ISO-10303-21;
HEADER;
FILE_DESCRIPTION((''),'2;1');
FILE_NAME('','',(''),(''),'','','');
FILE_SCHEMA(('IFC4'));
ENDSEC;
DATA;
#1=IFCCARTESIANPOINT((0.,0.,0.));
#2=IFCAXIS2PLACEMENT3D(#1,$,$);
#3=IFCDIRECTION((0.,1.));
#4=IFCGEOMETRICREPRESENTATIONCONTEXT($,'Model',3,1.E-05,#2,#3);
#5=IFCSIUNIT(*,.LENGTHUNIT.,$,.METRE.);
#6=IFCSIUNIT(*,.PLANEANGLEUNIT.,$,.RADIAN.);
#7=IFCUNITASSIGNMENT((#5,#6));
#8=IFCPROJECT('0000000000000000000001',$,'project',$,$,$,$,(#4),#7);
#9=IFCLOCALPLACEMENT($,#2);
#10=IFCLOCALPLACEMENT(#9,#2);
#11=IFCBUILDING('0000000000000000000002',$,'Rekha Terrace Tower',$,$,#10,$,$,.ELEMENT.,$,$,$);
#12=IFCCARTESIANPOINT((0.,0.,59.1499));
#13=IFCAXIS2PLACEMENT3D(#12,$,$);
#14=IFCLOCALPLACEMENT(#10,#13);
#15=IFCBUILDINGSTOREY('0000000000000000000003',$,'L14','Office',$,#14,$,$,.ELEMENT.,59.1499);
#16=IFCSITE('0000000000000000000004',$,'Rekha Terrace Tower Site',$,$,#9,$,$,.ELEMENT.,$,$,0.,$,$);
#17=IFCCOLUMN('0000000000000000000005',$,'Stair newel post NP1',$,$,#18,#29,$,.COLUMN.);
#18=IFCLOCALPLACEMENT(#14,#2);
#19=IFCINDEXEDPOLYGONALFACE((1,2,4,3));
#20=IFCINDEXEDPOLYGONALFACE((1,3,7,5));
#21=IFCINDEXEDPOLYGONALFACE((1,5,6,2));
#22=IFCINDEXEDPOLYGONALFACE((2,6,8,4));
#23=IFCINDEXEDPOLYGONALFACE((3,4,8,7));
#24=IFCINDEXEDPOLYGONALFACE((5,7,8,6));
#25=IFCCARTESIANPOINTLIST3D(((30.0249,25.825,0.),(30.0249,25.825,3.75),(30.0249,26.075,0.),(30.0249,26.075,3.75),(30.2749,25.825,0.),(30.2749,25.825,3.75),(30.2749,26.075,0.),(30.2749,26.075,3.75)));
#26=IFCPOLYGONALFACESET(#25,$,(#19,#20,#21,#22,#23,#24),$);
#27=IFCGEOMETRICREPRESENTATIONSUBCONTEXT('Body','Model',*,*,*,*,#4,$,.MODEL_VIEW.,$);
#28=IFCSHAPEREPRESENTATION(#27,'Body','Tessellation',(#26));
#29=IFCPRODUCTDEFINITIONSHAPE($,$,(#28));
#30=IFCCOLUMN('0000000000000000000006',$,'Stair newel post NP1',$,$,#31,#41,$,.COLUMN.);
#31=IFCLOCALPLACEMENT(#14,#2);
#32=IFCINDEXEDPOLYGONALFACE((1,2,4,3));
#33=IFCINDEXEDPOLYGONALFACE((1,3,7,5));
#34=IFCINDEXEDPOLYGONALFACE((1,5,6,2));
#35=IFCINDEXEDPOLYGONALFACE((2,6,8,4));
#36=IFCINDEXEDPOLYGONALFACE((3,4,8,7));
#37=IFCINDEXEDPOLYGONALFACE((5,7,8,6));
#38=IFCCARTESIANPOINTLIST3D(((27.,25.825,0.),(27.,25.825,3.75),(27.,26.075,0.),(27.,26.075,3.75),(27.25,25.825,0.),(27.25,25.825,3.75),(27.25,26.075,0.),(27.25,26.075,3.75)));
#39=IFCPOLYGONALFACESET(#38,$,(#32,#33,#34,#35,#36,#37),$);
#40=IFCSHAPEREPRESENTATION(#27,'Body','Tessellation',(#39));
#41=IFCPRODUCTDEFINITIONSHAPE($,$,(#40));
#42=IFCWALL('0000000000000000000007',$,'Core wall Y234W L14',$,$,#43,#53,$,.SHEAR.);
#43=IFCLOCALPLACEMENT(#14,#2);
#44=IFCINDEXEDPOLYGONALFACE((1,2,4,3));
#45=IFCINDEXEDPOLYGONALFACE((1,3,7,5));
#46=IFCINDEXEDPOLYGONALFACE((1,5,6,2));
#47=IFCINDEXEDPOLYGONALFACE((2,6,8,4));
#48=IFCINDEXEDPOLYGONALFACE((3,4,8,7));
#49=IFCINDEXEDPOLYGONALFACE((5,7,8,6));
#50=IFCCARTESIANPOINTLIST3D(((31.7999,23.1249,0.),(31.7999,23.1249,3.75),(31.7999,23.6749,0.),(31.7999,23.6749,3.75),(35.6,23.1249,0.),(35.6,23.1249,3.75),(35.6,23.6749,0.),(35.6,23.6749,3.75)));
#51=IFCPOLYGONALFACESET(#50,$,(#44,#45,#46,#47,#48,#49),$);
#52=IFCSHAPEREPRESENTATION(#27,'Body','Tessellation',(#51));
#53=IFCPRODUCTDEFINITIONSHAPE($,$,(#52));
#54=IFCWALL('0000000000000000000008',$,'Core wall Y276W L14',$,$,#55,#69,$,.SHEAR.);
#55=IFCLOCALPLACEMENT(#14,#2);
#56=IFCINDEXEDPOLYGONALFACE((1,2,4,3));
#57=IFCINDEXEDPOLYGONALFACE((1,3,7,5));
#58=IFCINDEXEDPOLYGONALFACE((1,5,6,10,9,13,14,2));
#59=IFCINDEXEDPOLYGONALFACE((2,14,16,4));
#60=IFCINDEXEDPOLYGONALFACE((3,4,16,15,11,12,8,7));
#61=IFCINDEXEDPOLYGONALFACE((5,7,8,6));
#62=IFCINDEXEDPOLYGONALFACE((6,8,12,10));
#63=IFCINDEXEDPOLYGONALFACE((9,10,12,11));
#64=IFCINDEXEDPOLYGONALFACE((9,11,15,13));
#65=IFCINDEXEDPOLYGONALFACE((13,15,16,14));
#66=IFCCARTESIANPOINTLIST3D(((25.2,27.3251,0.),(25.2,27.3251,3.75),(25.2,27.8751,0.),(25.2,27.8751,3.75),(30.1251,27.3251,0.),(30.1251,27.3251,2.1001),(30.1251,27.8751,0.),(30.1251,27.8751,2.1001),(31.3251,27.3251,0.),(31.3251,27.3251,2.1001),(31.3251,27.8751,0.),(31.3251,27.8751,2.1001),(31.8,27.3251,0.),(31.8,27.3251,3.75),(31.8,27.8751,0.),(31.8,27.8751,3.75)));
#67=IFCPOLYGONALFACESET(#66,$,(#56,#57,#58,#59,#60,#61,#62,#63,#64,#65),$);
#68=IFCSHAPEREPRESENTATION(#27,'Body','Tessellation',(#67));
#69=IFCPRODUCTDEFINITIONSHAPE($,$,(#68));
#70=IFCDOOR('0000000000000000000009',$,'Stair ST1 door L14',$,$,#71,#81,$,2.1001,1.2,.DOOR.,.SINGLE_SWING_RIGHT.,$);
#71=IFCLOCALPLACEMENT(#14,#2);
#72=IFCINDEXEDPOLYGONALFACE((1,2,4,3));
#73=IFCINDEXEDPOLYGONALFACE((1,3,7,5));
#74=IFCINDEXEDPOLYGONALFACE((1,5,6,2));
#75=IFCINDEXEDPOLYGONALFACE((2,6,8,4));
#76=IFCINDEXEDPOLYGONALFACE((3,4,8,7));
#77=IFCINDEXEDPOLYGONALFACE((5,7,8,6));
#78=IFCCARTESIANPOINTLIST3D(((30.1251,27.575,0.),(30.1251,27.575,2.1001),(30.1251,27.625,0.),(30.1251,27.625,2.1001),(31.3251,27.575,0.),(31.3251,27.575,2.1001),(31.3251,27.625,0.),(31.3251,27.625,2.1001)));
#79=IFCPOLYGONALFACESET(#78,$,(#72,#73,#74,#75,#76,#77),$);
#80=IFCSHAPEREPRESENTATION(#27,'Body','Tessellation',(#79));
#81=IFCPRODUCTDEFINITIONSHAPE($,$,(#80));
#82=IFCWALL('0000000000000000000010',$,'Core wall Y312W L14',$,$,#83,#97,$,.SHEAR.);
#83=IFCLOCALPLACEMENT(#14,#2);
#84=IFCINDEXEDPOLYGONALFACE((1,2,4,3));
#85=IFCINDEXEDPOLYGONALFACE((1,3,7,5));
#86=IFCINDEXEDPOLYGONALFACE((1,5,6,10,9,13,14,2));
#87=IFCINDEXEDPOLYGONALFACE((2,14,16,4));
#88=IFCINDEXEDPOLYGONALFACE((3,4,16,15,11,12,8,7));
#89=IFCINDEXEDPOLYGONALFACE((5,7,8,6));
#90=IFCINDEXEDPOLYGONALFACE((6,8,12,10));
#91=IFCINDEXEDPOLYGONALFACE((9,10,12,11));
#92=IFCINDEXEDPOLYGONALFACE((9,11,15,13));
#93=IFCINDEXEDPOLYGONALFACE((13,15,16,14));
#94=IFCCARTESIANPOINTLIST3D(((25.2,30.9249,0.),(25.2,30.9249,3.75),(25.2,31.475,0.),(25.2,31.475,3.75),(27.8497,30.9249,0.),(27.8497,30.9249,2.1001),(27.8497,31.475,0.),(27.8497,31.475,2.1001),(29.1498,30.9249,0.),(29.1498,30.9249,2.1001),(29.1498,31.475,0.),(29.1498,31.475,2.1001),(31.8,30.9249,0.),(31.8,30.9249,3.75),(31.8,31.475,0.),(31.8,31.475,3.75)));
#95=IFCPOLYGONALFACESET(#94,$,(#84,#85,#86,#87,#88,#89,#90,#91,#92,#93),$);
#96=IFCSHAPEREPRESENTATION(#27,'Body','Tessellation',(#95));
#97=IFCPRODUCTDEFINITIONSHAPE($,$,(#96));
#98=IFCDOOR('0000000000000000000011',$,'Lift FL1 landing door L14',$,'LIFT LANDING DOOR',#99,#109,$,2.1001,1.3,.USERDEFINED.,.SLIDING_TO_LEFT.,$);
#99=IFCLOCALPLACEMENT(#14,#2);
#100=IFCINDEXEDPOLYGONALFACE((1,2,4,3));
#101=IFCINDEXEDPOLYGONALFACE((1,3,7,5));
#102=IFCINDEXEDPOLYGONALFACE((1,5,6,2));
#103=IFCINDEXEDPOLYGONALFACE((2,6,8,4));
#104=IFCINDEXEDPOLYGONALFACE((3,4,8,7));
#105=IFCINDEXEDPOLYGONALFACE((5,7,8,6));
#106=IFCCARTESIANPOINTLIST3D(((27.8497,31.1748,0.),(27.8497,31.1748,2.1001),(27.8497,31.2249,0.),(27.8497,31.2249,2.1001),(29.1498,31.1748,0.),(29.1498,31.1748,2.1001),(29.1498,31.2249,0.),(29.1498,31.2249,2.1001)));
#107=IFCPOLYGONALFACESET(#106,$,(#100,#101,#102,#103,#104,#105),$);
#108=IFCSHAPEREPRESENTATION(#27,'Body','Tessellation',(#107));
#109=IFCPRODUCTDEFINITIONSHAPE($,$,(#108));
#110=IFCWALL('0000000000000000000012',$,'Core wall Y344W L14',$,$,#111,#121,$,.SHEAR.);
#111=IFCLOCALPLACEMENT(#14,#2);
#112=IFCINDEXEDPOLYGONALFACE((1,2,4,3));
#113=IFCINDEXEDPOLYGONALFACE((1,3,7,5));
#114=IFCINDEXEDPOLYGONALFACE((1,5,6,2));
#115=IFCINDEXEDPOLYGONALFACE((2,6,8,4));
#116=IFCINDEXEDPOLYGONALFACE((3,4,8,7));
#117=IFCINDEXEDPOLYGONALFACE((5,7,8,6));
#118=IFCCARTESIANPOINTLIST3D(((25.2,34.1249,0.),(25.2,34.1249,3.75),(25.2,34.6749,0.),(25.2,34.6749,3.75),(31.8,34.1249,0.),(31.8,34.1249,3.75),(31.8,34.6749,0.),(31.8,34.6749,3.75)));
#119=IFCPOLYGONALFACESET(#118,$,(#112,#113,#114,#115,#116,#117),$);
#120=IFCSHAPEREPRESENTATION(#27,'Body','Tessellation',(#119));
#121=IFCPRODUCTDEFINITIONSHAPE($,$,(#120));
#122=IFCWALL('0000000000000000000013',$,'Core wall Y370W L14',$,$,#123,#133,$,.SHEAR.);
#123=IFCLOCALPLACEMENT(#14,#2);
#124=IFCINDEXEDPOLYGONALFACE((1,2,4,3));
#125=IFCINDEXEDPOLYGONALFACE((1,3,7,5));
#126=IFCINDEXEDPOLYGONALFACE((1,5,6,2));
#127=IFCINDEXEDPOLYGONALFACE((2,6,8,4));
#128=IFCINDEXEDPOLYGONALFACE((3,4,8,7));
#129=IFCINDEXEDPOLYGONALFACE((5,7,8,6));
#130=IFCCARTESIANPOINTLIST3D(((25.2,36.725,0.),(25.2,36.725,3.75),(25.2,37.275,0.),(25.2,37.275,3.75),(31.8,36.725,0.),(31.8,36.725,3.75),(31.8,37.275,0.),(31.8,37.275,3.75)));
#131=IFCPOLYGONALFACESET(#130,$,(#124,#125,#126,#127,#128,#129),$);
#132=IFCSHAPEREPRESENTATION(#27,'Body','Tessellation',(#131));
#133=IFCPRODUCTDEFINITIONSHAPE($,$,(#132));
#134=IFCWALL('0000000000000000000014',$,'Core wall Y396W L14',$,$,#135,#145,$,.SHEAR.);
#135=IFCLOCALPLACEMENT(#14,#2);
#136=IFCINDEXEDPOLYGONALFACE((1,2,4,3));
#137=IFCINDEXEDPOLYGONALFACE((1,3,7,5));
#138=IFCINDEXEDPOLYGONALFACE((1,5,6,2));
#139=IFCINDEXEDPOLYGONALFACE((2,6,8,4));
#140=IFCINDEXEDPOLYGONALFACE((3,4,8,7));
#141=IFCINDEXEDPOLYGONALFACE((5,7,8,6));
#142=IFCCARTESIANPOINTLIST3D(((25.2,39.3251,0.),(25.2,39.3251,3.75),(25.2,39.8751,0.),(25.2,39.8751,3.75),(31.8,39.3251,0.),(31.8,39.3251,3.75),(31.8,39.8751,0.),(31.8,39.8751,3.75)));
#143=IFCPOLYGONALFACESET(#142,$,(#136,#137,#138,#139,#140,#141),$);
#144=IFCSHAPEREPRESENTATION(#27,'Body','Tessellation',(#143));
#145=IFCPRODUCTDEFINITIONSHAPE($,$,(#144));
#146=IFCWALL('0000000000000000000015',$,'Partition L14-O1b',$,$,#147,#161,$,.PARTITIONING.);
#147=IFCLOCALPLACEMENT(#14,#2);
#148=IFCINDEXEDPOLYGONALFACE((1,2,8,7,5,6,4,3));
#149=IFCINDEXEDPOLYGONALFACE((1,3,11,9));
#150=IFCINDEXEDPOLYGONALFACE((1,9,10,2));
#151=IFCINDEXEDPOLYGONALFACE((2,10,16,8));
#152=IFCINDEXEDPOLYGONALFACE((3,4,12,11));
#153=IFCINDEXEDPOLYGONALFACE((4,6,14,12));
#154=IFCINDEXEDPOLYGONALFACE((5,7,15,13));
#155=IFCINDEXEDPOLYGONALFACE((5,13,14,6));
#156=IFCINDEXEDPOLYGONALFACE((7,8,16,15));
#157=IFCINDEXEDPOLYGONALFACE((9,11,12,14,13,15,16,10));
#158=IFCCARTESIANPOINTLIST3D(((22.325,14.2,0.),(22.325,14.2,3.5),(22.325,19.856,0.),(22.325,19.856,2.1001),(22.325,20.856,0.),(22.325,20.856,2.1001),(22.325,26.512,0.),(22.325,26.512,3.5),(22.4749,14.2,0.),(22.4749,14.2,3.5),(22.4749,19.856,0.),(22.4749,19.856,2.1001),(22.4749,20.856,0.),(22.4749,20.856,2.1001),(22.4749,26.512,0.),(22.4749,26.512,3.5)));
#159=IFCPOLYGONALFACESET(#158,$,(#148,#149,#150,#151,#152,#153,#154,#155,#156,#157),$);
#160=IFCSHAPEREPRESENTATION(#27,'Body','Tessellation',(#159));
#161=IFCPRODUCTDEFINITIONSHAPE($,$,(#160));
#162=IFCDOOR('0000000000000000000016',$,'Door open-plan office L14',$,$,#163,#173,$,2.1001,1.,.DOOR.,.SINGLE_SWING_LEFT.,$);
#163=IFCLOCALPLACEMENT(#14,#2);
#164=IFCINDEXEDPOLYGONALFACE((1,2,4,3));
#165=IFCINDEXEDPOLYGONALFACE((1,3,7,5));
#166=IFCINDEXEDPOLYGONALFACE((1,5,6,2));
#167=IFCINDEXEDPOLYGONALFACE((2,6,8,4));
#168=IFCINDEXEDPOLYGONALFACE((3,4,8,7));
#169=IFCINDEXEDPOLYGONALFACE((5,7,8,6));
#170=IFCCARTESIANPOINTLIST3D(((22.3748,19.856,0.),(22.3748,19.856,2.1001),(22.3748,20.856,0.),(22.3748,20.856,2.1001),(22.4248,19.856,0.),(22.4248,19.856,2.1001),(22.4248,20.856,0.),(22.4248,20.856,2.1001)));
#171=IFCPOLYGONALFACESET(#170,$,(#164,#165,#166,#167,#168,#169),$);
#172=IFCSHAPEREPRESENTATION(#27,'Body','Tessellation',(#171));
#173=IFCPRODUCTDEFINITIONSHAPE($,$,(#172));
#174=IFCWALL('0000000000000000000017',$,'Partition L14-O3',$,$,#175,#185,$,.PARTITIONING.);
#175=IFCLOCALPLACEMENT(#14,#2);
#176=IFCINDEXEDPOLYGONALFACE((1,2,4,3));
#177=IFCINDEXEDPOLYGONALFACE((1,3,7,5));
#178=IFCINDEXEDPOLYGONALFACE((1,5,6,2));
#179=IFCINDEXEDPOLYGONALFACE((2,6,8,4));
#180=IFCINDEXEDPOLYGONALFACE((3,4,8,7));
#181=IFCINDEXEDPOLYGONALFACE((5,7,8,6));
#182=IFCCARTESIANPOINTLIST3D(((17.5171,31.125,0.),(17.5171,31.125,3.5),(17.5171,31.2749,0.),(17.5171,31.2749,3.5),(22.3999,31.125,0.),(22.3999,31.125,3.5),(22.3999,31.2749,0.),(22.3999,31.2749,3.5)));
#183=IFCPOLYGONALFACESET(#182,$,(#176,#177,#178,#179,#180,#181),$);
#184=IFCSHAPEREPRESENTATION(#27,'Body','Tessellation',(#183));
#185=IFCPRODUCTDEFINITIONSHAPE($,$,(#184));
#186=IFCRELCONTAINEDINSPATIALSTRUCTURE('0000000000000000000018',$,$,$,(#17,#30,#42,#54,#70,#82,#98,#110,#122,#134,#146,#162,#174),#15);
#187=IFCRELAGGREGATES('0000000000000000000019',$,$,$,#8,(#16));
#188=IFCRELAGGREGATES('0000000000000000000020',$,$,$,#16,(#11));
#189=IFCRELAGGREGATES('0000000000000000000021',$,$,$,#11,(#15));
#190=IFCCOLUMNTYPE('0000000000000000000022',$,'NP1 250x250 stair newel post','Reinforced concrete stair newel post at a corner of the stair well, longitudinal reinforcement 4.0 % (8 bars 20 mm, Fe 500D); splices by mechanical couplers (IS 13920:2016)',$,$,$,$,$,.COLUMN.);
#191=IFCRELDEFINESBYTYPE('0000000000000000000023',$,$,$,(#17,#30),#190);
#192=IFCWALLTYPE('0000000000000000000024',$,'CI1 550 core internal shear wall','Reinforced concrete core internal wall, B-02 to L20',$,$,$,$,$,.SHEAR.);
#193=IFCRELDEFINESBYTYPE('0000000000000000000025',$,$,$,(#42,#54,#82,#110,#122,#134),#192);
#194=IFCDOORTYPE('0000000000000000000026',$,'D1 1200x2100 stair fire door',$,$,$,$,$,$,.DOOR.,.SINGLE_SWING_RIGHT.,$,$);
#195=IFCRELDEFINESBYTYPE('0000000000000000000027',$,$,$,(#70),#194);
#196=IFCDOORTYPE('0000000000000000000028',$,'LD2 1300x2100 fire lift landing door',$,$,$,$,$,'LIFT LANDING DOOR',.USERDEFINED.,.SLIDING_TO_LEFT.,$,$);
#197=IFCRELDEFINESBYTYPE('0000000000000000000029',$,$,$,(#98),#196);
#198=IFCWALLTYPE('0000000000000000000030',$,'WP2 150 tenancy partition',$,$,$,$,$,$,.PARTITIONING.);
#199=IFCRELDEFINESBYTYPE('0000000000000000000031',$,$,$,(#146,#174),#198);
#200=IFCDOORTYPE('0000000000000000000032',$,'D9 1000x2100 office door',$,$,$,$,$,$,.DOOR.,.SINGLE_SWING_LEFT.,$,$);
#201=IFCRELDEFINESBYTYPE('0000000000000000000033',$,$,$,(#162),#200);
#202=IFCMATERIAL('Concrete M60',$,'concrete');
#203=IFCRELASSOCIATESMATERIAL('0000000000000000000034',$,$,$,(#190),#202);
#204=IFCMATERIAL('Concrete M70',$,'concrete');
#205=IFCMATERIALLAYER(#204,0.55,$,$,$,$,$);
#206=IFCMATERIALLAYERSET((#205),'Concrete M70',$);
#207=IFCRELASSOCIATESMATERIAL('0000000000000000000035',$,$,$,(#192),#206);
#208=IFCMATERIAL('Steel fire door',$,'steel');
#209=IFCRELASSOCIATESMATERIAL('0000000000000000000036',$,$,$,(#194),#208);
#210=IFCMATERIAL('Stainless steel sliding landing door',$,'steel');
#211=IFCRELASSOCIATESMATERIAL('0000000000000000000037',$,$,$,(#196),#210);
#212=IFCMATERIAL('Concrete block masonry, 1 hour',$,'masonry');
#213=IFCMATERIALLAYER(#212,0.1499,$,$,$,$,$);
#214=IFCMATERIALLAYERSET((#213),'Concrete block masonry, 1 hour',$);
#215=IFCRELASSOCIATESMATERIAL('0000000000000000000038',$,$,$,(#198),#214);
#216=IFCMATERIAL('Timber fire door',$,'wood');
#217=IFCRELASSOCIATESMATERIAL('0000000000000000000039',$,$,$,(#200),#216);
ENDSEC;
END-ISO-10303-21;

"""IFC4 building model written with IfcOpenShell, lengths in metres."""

from ifc_helpers import new_model, si_unit, direction, frame, frame_2d, origin, origin_2d, place, context, subcontext, project, spatial, rectangle, extrude, material, layer, layer_set, material_profile, profile_set, type_object, element, fill, save


model = new_model("IFC4")

# Units and contexts
model_context = context("Model", 3, precision=1e-05, world=origin(), true_north=direction((0.0, 1.0)))
body_context = subcontext(model_context, "Body", "Model", "MODEL_VIEW")
ifc_project = project(units=[si_unit("LENGTHUNIT", "METRE"), si_unit("PLANEANGLEUNIT", "RADIAN")], contexts=[model_context])

# Site, building, storey
site_placement = place(None, origin())
site = spatial("IfcSite", under=ifc_project, at=site_placement, Name="Rekha Terrace Tower Site", CompositionType="ELEMENT", RefElevation=0.0)
building_placement = place(site_placement, origin())
building = spatial("IfcBuilding", under=site, at=building_placement, Name="Rekha Terrace Tower", CompositionType="ELEMENT")
storey_placement = place(building_placement, frame((0.0, 0.0, 59.1499)))
storey = spatial("IfcBuildingStorey", under=building, at=storey_placement, Name="L14", Description="Office", CompositionType="ELEMENT", Elevation=59.1499)

# Columns
ifc_material_1 = material(Name="Concrete M60", Category="concrete")
ifc_material_profile = material_profile(ifc_material_1, rectangle(XDim=0.25, YDim=0.25, at=origin_2d()), Name="RC 250x250")
ifc_profile_set = profile_set([ifc_material_profile], Name="Concrete M60")
column_type = type_object("IfcColumnType", Name="NP1 250x250 stair newel post", Description="Reinforced concrete stair newel post at a corner of the stair well, longitudinal reinforcement 4.0 % (8 bars 20 mm, Fe 500D); splices by mechanical couplers (IS 13920:2016)", PredefinedType="COLUMN", material=ifc_profile_set)
for number, where, z_axis, x_axis, name in (
    (1, (30.1499, 25.95, 0.0), (0.0, 0.0, 1.0), (1.0, 0.0, 0.0), "Stair newel post NP1"),
    (2, (27.125, 25.95, 0.0), (0.0, 0.0, 1.0), (1.0, 0.0, 0.0), "Stair newel post NP1"),
):
    element("IfcColumn", number, at=place(storey_placement, frame(where, z_axis=z_axis, x_axis=x_axis)), inside=storey, type_object=column_type, Name=name, PredefinedType="COLUMN", context=body_context, shape_type="SweptSolid", body=[
        extrude(rectangle(XDim=0.25, YDim=0.25, at=origin_2d()), origin(), (0.0, 0.0, 1.0), 3.75),
    ])

# Wall
ifc_material_2 = material(Name="Concrete M70", Category="concrete")
ifc_layer_1 = layer(ifc_material_2, 0.55)
ifc_layer_set_1 = layer_set([ifc_layer_1], Name="Concrete M70")
wall_type_1 = type_object("IfcWallType", Name="CI1 550 core internal shear wall", Description="Reinforced concrete core internal wall, B-02 to L20", PredefinedType="SHEAR", material=ifc_layer_set_1)
wall_1_placement = place(storey_placement, frame((31.8, 23.3999, 0.0), z_axis=(0.0, 0.0, 1.0), x_axis=(1.0, 0.0, 0.0)))
element("IfcWall", 3, at=wall_1_placement, inside=storey, type_object=wall_type_1, Name="Core wall Y234W L14", PredefinedType="SHEAR", context=body_context, shape_type="SweptSolid", body=[
    extrude(rectangle(XDim=3.8, YDim=0.55, at=frame_2d((1.8999, 0.0))), origin(), (0.0, 0.0, 1.0), 3.75),
])

# Walls, openings, doors
wall_2_placement = place(storey_placement, frame((25.2, 27.6001, 0.0), z_axis=(0.0, 0.0, 1.0), x_axis=(1.0, 0.0, 0.0)))
wall_2 = element("IfcWall", 4, at=wall_2_placement, inside=storey, type_object=wall_type_1, Name="Core wall Y276W L14", PredefinedType="SHEAR", context=body_context, shape_type="SweptSolid", body=[
    extrude(rectangle(XDim=6.6001, YDim=0.55, at=frame_2d((3.3, 0.0))), origin(), (0.0, 0.0, 1.0), 3.75),
])
opening_1_placement = place(wall_2_placement, frame((4.925, 0.0, 0.0)))
opening_1 = element("IfcOpeningElement", 5, at=opening_1_placement, cuts=wall_2, PredefinedType="OPENING", context=body_context, shape_type="SweptSolid", body=[
    extrude(rectangle(XDim=1.2, YDim=2.1001, at=frame_2d((0.6001, 1.05))), frame((0.0, 0.2849, 0.0), z_axis=(0.0, -1.0, 0.0), x_axis=(1.0, 0.0, 0.0)), (0.0, 0.0, 1.0), 0.5701),
])
ifc_material_3 = material(Name="Steel fire door", Category="steel")
door_type_1 = type_object("IfcDoorType", Name="D1 1200x2100 stair fire door", OperationType="SINGLE_SWING_RIGHT", PredefinedType="DOOR", material=ifc_material_3)
door_1_placement = place(opening_1_placement, origin())
door_1 = element("IfcDoor", 6, at=door_1_placement, inside=storey, type_object=door_type_1, Name="Stair ST1 door L14", OperationType="SINGLE_SWING_RIGHT", OverallHeight=2.1001, OverallWidth=1.2, PredefinedType="DOOR", context=body_context, shape_type="SweptSolid", body=[
    extrude(rectangle(XDim=1.2, YDim=2.1001, at=frame_2d((0.6001, 1.05))), frame((0.0, 0.0249, 0.0), z_axis=(0.0, -1.0, 0.0), x_axis=(1.0, 0.0, 0.0)), (0.0, 0.0, 1.0), 0.05),
])
fill(opening_1, door_1)
wall_3_placement = place(storey_placement, frame((25.2, 31.2, 0.0), z_axis=(0.0, 0.0, 1.0), x_axis=(1.0, 0.0, 0.0)))
wall_3 = element("IfcWall", 7, at=wall_3_placement, inside=storey, type_object=wall_type_1, Name="Core wall Y312W L14", PredefinedType="SHEAR", context=body_context, shape_type="SweptSolid", body=[
    extrude(rectangle(XDim=6.6001, YDim=0.55, at=frame_2d((3.3, 0.0))), origin(), (0.0, 0.0, 1.0), 3.75),
])
opening_2_placement = place(wall_3_placement, frame((2.6499, 0.0, 0.0)))
opening_2 = element("IfcOpeningElement", 8, at=opening_2_placement, cuts=wall_3, PredefinedType="OPENING", context=body_context, shape_type="SweptSolid", body=[
    extrude(rectangle(XDim=1.3, YDim=2.1001, at=frame_2d((0.6499, 1.05))), frame((0.0, 0.2849, 0.0), z_axis=(0.0, -1.0, 0.0), x_axis=(1.0, 0.0, 0.0)), (0.0, 0.0, 1.0), 0.5701),
])
ifc_material_4 = material(Name="Stainless steel sliding landing door", Category="steel")
door_type_2 = type_object("IfcDoorType", Name="LD2 1300x2100 fire lift landing door", ElementType="LIFT LANDING DOOR", OperationType="SLIDING_TO_LEFT", PredefinedType="USERDEFINED", material=ifc_material_4)
door_2_placement = place(opening_2_placement, origin())
door_2 = element("IfcDoor", 9, at=door_2_placement, inside=storey, type_object=door_type_2, Name="Lift FL1 landing door L14", ObjectType="LIFT LANDING DOOR", OperationType="SLIDING_TO_LEFT", OverallHeight=2.1001, OverallWidth=1.3, PredefinedType="USERDEFINED", context=body_context, shape_type="SweptSolid", body=[
    extrude(rectangle(XDim=1.3, YDim=2.1001, at=frame_2d((0.6499, 1.05))), frame((0.0, 0.0249, 0.0), z_axis=(0.0, -1.0, 0.0), x_axis=(1.0, 0.0, 0.0)), (0.0, 0.0, 1.0), 0.05),
])
fill(opening_2, door_2)

# Walls
for number, where, z_axis, x_axis, name in (
    (10, (25.2, 34.3999, 0.0), (0.0, 0.0, 1.0), (1.0, 0.0, 0.0), "Core wall Y344W L14"),
    (11, (25.2, 37.0, 0.0), (0.0, 0.0, 1.0), (1.0, 0.0, 0.0), "Core wall Y370W L14"),
    (12, (25.2, 39.6001, 0.0), (0.0, 0.0, 1.0), (1.0, 0.0, 0.0), "Core wall Y396W L14"),
):
    element("IfcWall", number, at=place(storey_placement, frame(where, z_axis=z_axis, x_axis=x_axis)), inside=storey, type_object=wall_type_1, Name=name, PredefinedType="SHEAR", context=body_context, shape_type="SweptSolid", body=[
        extrude(rectangle(XDim=6.6001, YDim=0.55, at=frame_2d((3.3, 0.0))), origin(), (0.0, 0.0, 1.0), 3.75),
    ])

# Wall, opening, door
ifc_material_5 = material(Name="Concrete block masonry, 1 hour", Category="masonry")
ifc_layer_2 = layer(ifc_material_5, 0.1499)
ifc_layer_set_2 = layer_set([ifc_layer_2], Name="Concrete block masonry, 1 hour")
wall_type_2 = type_object("IfcWallType", Name="WP2 150 tenancy partition", PredefinedType="PARTITIONING", material=ifc_layer_set_2)
wall_4_placement = place(storey_placement, frame((22.3999, 26.512, 0.0), z_axis=(0.0, 0.0, 1.0), x_axis=(0.0, -1.0, 0.0)))
wall_4 = element("IfcWall", 13, at=wall_4_placement, inside=storey, type_object=wall_type_2, Name="Partition L14-O1b", PredefinedType="PARTITIONING", context=body_context, shape_type="SweptSolid", body=[
    extrude(rectangle(XDim=12.312, YDim=0.1499, at=frame_2d((6.156, 0.0))), origin(), (0.0, 0.0, 1.0), 3.5),
])
opening_3_placement = place(wall_4_placement, frame((5.656, 0.0, 0.0)))
opening_3 = element("IfcOpeningElement", 14, at=opening_3_placement, cuts=wall_4, PredefinedType="OPENING", context=body_context, shape_type="SweptSolid", body=[
    extrude(rectangle(XDim=1.0, YDim=2.1001, at=frame_2d((0.5, 1.05))), frame((0.0, 0.085, 0.0), z_axis=(0.0, -1.0, 0.0), x_axis=(1.0, 0.0, 0.0)), (0.0, 0.0, 1.0), 0.1699),
])
ifc_material_6 = material(Name="Timber fire door", Category="wood")
door_type_3 = type_object("IfcDoorType", Name="D9 1000x2100 office door", OperationType="SINGLE_SWING_LEFT", PredefinedType="DOOR", material=ifc_material_6)
door_3_placement = place(opening_3_placement, origin())
door_3 = element("IfcDoor", 15, at=door_3_placement, inside=storey, type_object=door_type_3, Name="Door open-plan office L14", OperationType="SINGLE_SWING_LEFT", OverallHeight=2.1001, OverallWidth=1.0, PredefinedType="DOOR", context=body_context, shape_type="SweptSolid", body=[
    extrude(rectangle(XDim=1.0, YDim=2.1001, at=frame_2d((0.5, 1.05))), frame((0.0, 0.0249, 0.0), z_axis=(0.0, -1.0, 0.0), x_axis=(1.0, 0.0, 0.0)), (0.0, 0.0, 1.0), 0.05),
])
fill(opening_3, door_3)

# Wall
wall_5_placement = place(storey_placement, frame((22.3999, 31.2, 0.0), z_axis=(0.0, 0.0, 1.0), x_axis=(-1.0, 0.0, 0.0)))
element("IfcWall", 16, at=wall_5_placement, inside=storey, type_object=wall_type_2, Name="Partition L14-O3", PredefinedType="PARTITIONING", context=body_context, shape_type="SweptSolid", body=[
    extrude(rectangle(XDim=4.8828, YDim=0.1499, at=frame_2d((2.4414, 0.0))), origin(), (0.0, 0.0, 1.0), 3.5),
])

save(model, "model.ifc")
